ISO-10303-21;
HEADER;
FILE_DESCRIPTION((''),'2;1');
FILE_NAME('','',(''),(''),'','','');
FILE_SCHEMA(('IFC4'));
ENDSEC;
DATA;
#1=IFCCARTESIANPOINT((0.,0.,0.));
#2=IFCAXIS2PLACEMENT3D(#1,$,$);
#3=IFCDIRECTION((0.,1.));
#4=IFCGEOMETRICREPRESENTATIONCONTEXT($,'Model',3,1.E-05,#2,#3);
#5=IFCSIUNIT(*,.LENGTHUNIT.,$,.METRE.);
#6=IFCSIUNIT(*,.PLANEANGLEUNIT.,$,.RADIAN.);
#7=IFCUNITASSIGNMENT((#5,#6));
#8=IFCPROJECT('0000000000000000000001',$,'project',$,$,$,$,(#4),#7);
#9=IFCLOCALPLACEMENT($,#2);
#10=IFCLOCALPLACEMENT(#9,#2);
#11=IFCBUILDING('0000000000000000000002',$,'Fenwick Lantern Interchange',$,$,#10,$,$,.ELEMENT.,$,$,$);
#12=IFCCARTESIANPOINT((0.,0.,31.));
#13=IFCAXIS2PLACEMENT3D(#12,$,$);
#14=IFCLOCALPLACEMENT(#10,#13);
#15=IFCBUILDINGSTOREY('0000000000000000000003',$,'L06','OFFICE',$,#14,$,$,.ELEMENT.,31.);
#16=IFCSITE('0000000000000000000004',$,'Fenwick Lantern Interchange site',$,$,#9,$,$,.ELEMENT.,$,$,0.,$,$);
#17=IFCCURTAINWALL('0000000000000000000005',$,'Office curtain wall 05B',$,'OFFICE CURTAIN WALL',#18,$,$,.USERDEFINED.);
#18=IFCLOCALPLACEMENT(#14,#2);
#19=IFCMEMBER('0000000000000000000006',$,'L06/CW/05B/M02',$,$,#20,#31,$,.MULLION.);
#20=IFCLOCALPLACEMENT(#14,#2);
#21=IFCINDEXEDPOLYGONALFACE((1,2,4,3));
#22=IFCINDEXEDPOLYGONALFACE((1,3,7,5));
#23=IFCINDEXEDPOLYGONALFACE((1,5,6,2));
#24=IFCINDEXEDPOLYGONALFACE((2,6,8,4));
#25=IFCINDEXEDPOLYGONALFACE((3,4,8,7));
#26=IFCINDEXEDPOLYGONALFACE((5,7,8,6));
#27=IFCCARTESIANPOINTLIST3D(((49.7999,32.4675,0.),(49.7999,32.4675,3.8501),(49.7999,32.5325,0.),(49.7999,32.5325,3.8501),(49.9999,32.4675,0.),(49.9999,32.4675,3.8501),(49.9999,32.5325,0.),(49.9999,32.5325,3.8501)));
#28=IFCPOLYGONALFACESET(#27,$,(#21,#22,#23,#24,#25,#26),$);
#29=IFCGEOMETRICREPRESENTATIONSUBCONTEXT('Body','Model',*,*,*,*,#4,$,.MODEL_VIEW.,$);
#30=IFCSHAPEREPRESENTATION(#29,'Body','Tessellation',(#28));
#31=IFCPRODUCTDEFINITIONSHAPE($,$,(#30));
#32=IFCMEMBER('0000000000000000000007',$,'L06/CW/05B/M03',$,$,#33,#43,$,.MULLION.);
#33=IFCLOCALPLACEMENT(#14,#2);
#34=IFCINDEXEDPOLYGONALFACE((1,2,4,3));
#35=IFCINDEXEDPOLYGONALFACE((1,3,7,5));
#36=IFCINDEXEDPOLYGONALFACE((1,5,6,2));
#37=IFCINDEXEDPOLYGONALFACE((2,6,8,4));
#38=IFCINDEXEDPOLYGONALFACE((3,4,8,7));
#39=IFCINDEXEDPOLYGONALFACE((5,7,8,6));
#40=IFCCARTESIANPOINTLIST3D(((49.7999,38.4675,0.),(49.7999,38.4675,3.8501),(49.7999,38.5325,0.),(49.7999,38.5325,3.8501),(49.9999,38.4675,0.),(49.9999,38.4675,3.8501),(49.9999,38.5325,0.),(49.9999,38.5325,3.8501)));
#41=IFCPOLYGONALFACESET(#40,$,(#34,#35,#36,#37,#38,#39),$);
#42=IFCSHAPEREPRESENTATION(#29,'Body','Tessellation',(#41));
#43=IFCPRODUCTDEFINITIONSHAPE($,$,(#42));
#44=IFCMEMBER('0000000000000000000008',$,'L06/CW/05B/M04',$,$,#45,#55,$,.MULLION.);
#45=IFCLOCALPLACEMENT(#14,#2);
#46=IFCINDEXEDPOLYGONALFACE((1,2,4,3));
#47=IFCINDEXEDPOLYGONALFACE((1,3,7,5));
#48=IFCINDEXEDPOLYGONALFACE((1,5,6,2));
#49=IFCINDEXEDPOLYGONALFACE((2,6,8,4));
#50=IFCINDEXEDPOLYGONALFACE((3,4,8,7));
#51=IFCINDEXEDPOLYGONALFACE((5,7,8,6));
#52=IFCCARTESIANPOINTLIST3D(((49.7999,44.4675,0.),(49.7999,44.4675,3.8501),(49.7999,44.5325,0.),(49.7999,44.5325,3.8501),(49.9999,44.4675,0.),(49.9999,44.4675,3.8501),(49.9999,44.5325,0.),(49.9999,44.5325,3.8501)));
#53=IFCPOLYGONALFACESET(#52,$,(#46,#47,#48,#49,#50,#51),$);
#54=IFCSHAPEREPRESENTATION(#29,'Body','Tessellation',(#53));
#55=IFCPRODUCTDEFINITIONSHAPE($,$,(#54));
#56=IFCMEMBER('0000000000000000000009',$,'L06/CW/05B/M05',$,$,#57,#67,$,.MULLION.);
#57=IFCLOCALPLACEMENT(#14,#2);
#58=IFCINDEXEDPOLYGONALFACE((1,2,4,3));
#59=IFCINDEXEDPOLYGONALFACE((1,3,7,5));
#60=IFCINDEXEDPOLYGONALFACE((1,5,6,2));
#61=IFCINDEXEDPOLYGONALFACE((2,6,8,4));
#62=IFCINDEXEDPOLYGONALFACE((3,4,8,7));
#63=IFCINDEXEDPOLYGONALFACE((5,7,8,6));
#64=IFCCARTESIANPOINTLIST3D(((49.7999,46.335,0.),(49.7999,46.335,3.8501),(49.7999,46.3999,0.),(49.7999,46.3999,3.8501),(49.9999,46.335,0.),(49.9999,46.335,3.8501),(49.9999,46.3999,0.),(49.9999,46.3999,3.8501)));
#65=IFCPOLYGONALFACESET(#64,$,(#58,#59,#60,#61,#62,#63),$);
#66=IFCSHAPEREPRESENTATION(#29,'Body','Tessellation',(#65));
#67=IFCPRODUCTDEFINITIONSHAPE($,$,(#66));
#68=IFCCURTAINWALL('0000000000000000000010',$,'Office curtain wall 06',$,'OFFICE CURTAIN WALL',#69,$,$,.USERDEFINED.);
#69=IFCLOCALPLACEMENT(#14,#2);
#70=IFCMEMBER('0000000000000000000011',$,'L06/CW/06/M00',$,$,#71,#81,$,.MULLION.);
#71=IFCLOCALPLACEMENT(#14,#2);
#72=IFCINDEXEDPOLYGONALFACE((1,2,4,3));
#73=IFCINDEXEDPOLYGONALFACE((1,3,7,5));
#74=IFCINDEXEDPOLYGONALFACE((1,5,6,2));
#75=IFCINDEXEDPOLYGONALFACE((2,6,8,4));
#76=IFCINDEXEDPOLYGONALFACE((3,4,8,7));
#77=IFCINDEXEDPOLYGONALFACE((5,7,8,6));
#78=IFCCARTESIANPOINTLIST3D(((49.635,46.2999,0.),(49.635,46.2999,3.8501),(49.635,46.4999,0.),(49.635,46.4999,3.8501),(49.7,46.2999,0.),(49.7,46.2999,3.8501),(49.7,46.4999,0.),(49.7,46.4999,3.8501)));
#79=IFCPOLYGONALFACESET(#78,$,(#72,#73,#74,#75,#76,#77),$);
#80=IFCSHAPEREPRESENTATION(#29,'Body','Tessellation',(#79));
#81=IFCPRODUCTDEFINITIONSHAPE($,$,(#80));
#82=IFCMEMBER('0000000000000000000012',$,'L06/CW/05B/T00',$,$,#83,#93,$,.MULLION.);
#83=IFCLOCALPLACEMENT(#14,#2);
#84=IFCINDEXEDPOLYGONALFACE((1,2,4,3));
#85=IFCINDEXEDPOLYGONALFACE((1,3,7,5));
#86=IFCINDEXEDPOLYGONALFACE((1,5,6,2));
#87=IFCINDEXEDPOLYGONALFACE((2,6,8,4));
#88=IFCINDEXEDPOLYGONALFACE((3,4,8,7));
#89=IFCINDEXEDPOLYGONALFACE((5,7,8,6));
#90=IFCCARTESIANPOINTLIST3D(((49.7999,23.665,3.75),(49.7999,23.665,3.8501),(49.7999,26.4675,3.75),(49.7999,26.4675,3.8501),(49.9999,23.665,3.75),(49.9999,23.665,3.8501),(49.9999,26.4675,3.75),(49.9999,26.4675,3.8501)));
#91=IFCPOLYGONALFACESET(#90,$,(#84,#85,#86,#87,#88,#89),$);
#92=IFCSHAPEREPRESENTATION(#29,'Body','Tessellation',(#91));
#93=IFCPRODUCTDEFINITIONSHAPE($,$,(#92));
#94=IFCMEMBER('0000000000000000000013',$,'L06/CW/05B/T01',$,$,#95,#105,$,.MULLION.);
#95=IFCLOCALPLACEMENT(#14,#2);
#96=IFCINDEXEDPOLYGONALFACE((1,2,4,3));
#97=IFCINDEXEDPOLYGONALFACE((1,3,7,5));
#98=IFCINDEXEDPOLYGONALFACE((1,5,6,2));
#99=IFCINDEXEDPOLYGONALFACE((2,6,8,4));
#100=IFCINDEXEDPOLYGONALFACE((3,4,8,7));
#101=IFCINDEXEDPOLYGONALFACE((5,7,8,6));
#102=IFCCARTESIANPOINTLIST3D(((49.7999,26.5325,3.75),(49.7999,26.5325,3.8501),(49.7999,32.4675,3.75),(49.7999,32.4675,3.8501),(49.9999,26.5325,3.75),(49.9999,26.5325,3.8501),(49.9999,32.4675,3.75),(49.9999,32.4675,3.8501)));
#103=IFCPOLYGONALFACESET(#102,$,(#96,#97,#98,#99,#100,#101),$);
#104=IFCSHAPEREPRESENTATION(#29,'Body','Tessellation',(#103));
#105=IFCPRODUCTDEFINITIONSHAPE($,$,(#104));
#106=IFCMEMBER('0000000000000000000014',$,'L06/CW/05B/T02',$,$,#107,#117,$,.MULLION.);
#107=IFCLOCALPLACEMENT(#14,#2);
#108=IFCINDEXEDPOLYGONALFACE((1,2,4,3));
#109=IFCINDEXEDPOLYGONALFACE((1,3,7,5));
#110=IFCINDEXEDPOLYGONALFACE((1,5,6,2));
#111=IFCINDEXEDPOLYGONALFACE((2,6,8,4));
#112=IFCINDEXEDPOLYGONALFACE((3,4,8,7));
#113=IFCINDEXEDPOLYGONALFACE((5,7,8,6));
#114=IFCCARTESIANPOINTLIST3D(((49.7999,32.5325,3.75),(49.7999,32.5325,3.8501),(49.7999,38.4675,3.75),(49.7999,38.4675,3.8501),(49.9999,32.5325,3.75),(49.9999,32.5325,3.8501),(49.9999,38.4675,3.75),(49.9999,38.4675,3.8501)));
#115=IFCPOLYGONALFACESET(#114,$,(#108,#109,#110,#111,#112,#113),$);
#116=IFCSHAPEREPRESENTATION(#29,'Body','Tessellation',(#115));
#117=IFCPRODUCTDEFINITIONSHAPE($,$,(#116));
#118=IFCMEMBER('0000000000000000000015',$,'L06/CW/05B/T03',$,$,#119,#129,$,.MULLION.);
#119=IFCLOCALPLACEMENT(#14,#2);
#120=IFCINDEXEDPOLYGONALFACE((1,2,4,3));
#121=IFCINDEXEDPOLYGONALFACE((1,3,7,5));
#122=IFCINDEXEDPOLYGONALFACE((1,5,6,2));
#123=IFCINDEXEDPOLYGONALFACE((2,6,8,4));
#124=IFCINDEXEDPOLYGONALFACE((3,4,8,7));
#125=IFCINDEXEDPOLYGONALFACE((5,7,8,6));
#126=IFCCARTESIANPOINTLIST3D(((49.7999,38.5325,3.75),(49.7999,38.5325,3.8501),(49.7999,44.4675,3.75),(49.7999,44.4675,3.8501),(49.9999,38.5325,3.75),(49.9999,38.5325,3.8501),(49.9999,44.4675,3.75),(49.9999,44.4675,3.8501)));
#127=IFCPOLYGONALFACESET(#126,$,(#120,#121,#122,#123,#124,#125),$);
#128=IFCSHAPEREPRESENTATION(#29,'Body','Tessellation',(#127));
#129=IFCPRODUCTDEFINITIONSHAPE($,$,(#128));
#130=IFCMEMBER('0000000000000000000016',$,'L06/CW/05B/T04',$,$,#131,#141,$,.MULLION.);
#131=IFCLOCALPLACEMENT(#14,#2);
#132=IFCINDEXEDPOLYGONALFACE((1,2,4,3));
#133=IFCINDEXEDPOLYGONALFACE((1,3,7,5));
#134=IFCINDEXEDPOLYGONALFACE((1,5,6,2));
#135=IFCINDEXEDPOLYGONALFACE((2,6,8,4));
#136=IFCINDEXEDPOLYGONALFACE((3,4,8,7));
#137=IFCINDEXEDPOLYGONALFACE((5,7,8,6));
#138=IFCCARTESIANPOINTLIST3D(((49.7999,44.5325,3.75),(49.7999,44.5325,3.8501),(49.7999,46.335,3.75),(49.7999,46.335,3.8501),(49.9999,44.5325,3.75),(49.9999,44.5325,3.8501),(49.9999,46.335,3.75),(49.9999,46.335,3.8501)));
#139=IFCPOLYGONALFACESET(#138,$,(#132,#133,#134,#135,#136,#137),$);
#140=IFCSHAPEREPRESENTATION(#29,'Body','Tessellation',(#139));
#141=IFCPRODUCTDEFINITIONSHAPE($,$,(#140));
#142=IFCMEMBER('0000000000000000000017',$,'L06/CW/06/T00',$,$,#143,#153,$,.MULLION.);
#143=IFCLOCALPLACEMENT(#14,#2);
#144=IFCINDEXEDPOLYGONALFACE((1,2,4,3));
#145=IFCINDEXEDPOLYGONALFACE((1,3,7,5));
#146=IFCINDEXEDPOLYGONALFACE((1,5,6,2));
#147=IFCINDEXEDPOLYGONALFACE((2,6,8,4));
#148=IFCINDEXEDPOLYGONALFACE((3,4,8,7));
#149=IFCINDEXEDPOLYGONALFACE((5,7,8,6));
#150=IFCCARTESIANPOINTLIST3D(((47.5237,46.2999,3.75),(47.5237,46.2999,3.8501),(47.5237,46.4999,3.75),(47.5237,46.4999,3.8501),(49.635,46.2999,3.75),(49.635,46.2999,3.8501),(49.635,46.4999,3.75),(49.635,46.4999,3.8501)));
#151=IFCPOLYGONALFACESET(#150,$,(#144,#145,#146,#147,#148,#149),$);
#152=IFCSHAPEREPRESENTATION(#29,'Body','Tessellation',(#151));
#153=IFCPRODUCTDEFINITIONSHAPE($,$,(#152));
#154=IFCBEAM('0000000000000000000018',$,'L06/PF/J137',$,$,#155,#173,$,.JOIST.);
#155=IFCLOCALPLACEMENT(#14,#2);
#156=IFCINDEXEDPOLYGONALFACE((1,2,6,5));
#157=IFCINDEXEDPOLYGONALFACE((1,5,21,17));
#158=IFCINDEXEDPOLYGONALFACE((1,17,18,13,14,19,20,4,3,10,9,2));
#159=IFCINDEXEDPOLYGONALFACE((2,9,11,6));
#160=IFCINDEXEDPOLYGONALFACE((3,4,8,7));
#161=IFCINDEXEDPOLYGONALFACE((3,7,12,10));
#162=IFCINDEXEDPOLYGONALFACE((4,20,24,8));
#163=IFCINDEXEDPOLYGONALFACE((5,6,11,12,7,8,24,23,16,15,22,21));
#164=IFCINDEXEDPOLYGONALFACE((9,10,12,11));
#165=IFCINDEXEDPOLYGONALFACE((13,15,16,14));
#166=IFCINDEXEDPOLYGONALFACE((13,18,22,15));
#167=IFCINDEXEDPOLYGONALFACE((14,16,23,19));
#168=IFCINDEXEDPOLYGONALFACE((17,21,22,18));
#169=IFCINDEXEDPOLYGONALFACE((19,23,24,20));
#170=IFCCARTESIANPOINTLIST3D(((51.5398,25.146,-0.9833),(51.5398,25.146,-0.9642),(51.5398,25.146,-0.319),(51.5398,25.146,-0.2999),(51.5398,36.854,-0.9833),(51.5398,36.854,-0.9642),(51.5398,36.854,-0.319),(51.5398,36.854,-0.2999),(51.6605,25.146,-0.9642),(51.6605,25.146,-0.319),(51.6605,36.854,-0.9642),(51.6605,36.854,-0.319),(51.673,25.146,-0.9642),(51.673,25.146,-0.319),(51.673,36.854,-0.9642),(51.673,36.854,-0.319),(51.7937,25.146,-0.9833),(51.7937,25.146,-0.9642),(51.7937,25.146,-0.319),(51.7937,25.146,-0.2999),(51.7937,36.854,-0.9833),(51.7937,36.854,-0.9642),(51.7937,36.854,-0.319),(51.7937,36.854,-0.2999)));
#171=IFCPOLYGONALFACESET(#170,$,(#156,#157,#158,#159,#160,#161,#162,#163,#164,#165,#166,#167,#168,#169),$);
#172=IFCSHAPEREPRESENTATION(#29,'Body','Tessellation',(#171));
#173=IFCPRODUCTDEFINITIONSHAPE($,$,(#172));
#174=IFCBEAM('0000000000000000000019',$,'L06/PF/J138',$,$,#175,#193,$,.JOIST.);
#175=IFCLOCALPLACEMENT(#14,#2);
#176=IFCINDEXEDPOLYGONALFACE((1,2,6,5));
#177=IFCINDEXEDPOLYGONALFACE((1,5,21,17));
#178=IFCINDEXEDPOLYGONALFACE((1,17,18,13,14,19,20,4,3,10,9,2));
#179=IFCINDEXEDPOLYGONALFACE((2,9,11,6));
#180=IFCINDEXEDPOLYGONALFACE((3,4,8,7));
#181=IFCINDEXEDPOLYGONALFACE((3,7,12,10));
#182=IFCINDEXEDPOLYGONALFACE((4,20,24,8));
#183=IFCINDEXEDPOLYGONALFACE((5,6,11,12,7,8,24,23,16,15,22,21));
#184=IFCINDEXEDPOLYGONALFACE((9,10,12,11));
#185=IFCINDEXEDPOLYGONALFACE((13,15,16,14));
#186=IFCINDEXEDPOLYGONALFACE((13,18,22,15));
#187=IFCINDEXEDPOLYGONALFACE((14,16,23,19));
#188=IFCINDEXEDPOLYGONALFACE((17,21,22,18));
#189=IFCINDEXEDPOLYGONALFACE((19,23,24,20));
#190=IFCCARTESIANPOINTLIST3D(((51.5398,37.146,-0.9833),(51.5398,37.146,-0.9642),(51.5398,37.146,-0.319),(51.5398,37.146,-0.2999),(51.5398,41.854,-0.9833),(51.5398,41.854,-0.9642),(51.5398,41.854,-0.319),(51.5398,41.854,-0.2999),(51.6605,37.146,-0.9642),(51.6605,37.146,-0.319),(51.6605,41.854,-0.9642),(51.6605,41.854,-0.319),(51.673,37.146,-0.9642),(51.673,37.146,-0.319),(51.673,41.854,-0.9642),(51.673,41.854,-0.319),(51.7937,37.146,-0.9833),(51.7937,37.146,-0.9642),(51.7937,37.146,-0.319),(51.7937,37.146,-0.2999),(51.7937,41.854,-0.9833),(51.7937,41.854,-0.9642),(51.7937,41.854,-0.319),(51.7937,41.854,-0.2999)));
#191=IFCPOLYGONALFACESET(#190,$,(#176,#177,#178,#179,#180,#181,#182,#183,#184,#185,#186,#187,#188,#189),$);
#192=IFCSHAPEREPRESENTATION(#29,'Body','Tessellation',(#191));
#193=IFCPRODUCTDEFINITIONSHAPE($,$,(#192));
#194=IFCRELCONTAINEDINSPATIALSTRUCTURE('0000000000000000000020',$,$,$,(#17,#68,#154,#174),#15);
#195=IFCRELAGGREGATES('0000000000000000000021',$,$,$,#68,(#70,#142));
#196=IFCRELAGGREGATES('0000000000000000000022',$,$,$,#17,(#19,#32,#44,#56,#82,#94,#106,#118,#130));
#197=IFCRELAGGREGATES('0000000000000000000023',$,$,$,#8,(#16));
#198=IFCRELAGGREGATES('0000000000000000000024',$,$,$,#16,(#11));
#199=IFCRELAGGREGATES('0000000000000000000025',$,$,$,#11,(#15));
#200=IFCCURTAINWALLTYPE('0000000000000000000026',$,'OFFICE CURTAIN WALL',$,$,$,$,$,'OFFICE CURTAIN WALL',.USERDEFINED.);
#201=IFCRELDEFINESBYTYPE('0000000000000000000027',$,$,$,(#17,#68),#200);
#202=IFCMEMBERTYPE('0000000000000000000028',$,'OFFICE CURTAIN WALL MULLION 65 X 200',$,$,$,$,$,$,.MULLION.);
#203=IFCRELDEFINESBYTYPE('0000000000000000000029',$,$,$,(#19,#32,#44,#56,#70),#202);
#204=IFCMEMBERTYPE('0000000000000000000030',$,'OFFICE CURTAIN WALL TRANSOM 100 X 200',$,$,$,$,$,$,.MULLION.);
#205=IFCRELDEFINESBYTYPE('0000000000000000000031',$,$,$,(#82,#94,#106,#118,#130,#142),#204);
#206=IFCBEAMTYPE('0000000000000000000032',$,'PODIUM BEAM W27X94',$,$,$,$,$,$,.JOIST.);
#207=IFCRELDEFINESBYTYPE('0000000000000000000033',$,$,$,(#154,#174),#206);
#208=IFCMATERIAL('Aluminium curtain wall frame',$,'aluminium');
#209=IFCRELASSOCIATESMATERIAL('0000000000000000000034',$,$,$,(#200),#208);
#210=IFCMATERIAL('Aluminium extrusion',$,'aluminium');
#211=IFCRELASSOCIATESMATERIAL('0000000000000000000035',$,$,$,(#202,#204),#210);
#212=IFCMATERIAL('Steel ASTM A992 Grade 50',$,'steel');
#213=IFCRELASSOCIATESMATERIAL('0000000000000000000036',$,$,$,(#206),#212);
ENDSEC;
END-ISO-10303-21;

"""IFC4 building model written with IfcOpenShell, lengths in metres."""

from ifc_helpers import new_model, si_unit, direction, frame, origin, origin_2d, place, context, subcontext, project, spatial, rectangle, i_section, extrude, material, material_profile, profile_set, type_object, element, aggregate, save


model = new_model("IFC4")

# Units and contexts
model_context = context("Model", 3, precision=1e-05, world=origin(), true_north=direction((0.0, 1.0)))
body_context = subcontext(model_context, "Body", "Model", "MODEL_VIEW")
ifc_project = project(units=[si_unit("LENGTHUNIT", "METRE"), si_unit("PLANEANGLEUNIT", "RADIAN")], contexts=[model_context])

# Site, building, storey
site_placement = place(None, origin())
site = spatial("IfcSite", under=ifc_project, at=site_placement, Name="Fenwick Lantern Interchange site", CompositionType="ELEMENT", RefElevation=0.0)
building_placement = place(site_placement, origin())
building = spatial("IfcBuilding", under=site, at=building_placement, Name="Fenwick Lantern Interchange", CompositionType="ELEMENT")
storey_placement = place(building_placement, frame((0.0, 0.0, 31.0)))
storey = spatial("IfcBuildingStorey", under=building, at=storey_placement, Name="L06", Description="OFFICE", CompositionType="ELEMENT", Elevation=31.0)

# Shared definitions
ifc_material_1 = material(Name="Steel ASTM A992 Grade 50", Category="steel")

# Curtain wall, members
ifc_material_2 = material(Name="Aluminium curtain wall frame", Category="aluminium")
curtain_wall_type = type_object("IfcCurtainWallType", Name="OFFICE CURTAIN WALL", ElementType="OFFICE CURTAIN WALL", PredefinedType="USERDEFINED", material=ifc_material_2)
curtain_wall_1_placement = place(storey_placement, origin())
curtain_wall_1 = element("IfcCurtainWall", 1, at=curtain_wall_1_placement, inside=storey, type_object=curtain_wall_type, Name="Office curtain wall 05B", ObjectType="OFFICE CURTAIN WALL", PredefinedType="USERDEFINED")
ifc_material_3 = material(Name="Aluminium extrusion", Category="aluminium")
ifc_material_profile_1 = material_profile(ifc_material_3, rectangle(XDim=0.2, YDim=0.0649, at=origin_2d()), Name="OFFICE CURTAIN WALL MULLION 65 X 200")
ifc_profile_set_1 = profile_set([ifc_material_profile_1], Name="Aluminium extrusion")
member_type_1 = type_object("IfcMemberType", Name="OFFICE CURTAIN WALL MULLION 65 X 200", PredefinedType="MULLION", material=ifc_profile_set_1)
member_1_placement = place(storey_placement, frame((49.8999, 32.5, 0.0), z_axis=(0.0, 0.0, 1.0), x_axis=(-1.0, 0.0, 0.0)))
member_1 = element("IfcMember", 2, at=member_1_placement, type_object=member_type_1, Name="L06/CW/05B/M02", PredefinedType="MULLION", context=body_context, shape_type="SweptSolid", body=[
    extrude(rectangle(XDim=0.2, YDim=0.0649, at=origin_2d()), origin(), (0.0, 0.0, 1.0), 3.8501),
])
member_2_placement = place(storey_placement, frame((49.8999, 38.5, 0.0), z_axis=(0.0, 0.0, 1.0), x_axis=(-1.0, 0.0, 0.0)))
member_2 = element("IfcMember", 3, at=member_2_placement, type_object=member_type_1, Name="L06/CW/05B/M03", PredefinedType="MULLION", context=body_context, shape_type="SweptSolid", body=[
    extrude(rectangle(XDim=0.2, YDim=0.0649, at=origin_2d()), origin(), (0.0, 0.0, 1.0), 3.8501),
])
member_3_placement = place(storey_placement, frame((49.8999, 44.5, 0.0), z_axis=(0.0, 0.0, 1.0), x_axis=(-1.0, 0.0, 0.0)))
member_3 = element("IfcMember", 4, at=member_3_placement, type_object=member_type_1, Name="L06/CW/05B/M04", PredefinedType="MULLION", context=body_context, shape_type="SweptSolid", body=[
    extrude(rectangle(XDim=0.2, YDim=0.0649, at=origin_2d()), origin(), (0.0, 0.0, 1.0), 3.8501),
])
member_4_placement = place(storey_placement, frame((49.8999, 46.3674, 0.0), z_axis=(0.0, 0.0, 1.0), x_axis=(-1.0, 0.0, 0.0)))
member_4 = element("IfcMember", 5, at=member_4_placement, type_object=member_type_1, Name="L06/CW/05B/M05", PredefinedType="MULLION", context=body_context, shape_type="SweptSolid", body=[
    extrude(rectangle(XDim=0.2, YDim=0.0649, at=origin_2d()), origin(), (0.0, 0.0, 1.0), 3.8501),
])

# Curtain wall, member
curtain_wall_2_placement = place(storey_placement, origin())
curtain_wall_2 = element("IfcCurtainWall", 6, at=curtain_wall_2_placement, inside=storey, type_object=curtain_wall_type, Name="Office curtain wall 06", ObjectType="OFFICE CURTAIN WALL", PredefinedType="USERDEFINED")
member_5_placement = place(storey_placement, frame((49.6675, 46.3999, 0.0), z_axis=(0.0, 0.0, 1.0), x_axis=(0.0, -1.0, 0.0)))
member_5 = element("IfcMember", 7, at=member_5_placement, type_object=member_type_1, Name="L06/CW/06/M00", PredefinedType="MULLION", context=body_context, shape_type="SweptSolid", body=[
    extrude(rectangle(XDim=0.2, YDim=0.0649, at=origin_2d()), origin(), (0.0, 0.0, 1.0), 3.8501),
])

# Members
ifc_material_profile_2 = material_profile(ifc_material_3, rectangle(XDim=0.2, YDim=0.1001, at=origin_2d()), Name="OFFICE CURTAIN WALL TRANSOM 100 X 200")
ifc_profile_set_2 = profile_set([ifc_material_profile_2], Name="Aluminium extrusion")
member_type_2 = type_object("IfcMemberType", Name="OFFICE CURTAIN WALL TRANSOM 100 X 200", PredefinedType="MULLION", material=ifc_profile_set_2)
member_6_placement = place(storey_placement, frame((49.8999, 23.665, 3.8), z_axis=(0.0, 1.0, 0.0), x_axis=(-1.0, 0.0, 0.0)))
member_6 = element("IfcMember", 8, at=member_6_placement, type_object=member_type_2, Name="L06/CW/05B/T00", PredefinedType="MULLION", context=body_context, shape_type="SweptSolid", body=[
    extrude(rectangle(XDim=0.2, YDim=0.1001, at=origin_2d()), origin(), (0.0, 0.0, 1.0), 2.8025),
])
member_7_placement = place(storey_placement, frame((49.8999, 26.5325, 3.8), z_axis=(0.0, 1.0, 0.0), x_axis=(-1.0, 0.0, 0.0)))
member_7 = element("IfcMember", 9, at=member_7_placement, type_object=member_type_2, Name="L06/CW/05B/T01", PredefinedType="MULLION", context=body_context, shape_type="SweptSolid", body=[
    extrude(rectangle(XDim=0.2, YDim=0.1001, at=origin_2d()), origin(), (0.0, 0.0, 1.0), 5.9351),
])
member_8_placement = place(storey_placement, frame((49.8999, 32.5325, 3.8), z_axis=(0.0, 1.0, 0.0), x_axis=(-1.0, 0.0, 0.0)))
member_8 = element("IfcMember", 10, at=member_8_placement, type_object=member_type_2, Name="L06/CW/05B/T02", PredefinedType="MULLION", context=body_context, shape_type="SweptSolid", body=[
    extrude(rectangle(XDim=0.2, YDim=0.1001, at=origin_2d()), origin(), (0.0, 0.0, 1.0), 5.9351),
])
member_9_placement = place(storey_placement, frame((49.8999, 38.5325, 3.8), z_axis=(0.0, 1.0, 0.0), x_axis=(-1.0, 0.0, 0.0)))
member_9 = element("IfcMember", 11, at=member_9_placement, type_object=member_type_2, Name="L06/CW/05B/T03", PredefinedType="MULLION", context=body_context, shape_type="SweptSolid", body=[
    extrude(rectangle(XDim=0.2, YDim=0.1001, at=origin_2d()), origin(), (0.0, 0.0, 1.0), 5.9351),
])
member_10_placement = place(storey_placement, frame((49.8999, 44.5325, 3.8), z_axis=(0.0, 1.0, 0.0), x_axis=(-1.0, 0.0, 0.0)))
member_10 = element("IfcMember", 12, at=member_10_placement, type_object=member_type_2, Name="L06/CW/05B/T04", PredefinedType="MULLION", context=body_context, shape_type="SweptSolid", body=[
    extrude(rectangle(XDim=0.2, YDim=0.1001, at=origin_2d()), origin(), (0.0, 0.0, 1.0), 1.8025),
])
member_11_placement = place(storey_placement, frame((49.635, 46.3999, 3.8), z_axis=(-1.0, 0.0, 0.0), x_axis=(0.0, -1.0, 0.0)))
member_11 = element("IfcMember", 13, at=member_11_placement, type_object=member_type_2, Name="L06/CW/06/T00", PredefinedType="MULLION", context=body_context, shape_type="SweptSolid", body=[
    extrude(rectangle(XDim=0.2, YDim=0.1001, at=origin_2d()), origin(), (0.0, 0.0, 1.0), 2.1113),
])
aggregate(curtain_wall_2, [member_5, member_11])

# Beams
ifc_material_profile_3 = material_profile(ifc_material_1, i_section(OverallWidth=0.2539, OverallDepth=0.6833, WebThickness=0.0125, FlangeThickness=0.019, at=origin_2d()), Name="W27X94")
ifc_profile_set_3 = profile_set([ifc_material_profile_3], Name="Steel ASTM A992 Grade 50")
beam_type_1 = type_object("IfcBeamType", Name="PODIUM BEAM W27X94", PredefinedType="JOIST", material=ifc_profile_set_3)
beam_1_placement = place(storey_placement, frame((51.6667, 25.146, -0.6416), z_axis=(0.0, 1.0, 0.0), x_axis=(-1.0, 0.0, 0.0)))
element("IfcBeam", 14, at=beam_1_placement, inside=storey, type_object=beam_type_1, Name="L06/PF/J137", PredefinedType="JOIST", context=body_context, shape_type="SweptSolid", body=[
    extrude(i_section(OverallWidth=0.2539, OverallDepth=0.6833, WebThickness=0.0125, FlangeThickness=0.019, at=origin_2d()), origin(), (0.0, 0.0, 1.0), 11.708),
])
beam_2_placement = place(storey_placement, frame((51.6667, 37.146, -0.6416), z_axis=(0.0, 1.0, 0.0), x_axis=(-1.0, 0.0, 0.0)))
element("IfcBeam", 15, at=beam_2_placement, inside=storey, type_object=beam_type_1, Name="L06/PF/J138", PredefinedType="JOIST", context=body_context, shape_type="SweptSolid", body=[
    extrude(i_section(OverallWidth=0.2539, OverallDepth=0.6833, WebThickness=0.0125, FlangeThickness=0.019, at=origin_2d()), origin(), (0.0, 0.0, 1.0), 4.708),
])

aggregate(curtain_wall_1, [member_1, member_2, member_3, member_4, member_6, member_7, member_8, member_9, member_10])

save(model, "model.ifc")
